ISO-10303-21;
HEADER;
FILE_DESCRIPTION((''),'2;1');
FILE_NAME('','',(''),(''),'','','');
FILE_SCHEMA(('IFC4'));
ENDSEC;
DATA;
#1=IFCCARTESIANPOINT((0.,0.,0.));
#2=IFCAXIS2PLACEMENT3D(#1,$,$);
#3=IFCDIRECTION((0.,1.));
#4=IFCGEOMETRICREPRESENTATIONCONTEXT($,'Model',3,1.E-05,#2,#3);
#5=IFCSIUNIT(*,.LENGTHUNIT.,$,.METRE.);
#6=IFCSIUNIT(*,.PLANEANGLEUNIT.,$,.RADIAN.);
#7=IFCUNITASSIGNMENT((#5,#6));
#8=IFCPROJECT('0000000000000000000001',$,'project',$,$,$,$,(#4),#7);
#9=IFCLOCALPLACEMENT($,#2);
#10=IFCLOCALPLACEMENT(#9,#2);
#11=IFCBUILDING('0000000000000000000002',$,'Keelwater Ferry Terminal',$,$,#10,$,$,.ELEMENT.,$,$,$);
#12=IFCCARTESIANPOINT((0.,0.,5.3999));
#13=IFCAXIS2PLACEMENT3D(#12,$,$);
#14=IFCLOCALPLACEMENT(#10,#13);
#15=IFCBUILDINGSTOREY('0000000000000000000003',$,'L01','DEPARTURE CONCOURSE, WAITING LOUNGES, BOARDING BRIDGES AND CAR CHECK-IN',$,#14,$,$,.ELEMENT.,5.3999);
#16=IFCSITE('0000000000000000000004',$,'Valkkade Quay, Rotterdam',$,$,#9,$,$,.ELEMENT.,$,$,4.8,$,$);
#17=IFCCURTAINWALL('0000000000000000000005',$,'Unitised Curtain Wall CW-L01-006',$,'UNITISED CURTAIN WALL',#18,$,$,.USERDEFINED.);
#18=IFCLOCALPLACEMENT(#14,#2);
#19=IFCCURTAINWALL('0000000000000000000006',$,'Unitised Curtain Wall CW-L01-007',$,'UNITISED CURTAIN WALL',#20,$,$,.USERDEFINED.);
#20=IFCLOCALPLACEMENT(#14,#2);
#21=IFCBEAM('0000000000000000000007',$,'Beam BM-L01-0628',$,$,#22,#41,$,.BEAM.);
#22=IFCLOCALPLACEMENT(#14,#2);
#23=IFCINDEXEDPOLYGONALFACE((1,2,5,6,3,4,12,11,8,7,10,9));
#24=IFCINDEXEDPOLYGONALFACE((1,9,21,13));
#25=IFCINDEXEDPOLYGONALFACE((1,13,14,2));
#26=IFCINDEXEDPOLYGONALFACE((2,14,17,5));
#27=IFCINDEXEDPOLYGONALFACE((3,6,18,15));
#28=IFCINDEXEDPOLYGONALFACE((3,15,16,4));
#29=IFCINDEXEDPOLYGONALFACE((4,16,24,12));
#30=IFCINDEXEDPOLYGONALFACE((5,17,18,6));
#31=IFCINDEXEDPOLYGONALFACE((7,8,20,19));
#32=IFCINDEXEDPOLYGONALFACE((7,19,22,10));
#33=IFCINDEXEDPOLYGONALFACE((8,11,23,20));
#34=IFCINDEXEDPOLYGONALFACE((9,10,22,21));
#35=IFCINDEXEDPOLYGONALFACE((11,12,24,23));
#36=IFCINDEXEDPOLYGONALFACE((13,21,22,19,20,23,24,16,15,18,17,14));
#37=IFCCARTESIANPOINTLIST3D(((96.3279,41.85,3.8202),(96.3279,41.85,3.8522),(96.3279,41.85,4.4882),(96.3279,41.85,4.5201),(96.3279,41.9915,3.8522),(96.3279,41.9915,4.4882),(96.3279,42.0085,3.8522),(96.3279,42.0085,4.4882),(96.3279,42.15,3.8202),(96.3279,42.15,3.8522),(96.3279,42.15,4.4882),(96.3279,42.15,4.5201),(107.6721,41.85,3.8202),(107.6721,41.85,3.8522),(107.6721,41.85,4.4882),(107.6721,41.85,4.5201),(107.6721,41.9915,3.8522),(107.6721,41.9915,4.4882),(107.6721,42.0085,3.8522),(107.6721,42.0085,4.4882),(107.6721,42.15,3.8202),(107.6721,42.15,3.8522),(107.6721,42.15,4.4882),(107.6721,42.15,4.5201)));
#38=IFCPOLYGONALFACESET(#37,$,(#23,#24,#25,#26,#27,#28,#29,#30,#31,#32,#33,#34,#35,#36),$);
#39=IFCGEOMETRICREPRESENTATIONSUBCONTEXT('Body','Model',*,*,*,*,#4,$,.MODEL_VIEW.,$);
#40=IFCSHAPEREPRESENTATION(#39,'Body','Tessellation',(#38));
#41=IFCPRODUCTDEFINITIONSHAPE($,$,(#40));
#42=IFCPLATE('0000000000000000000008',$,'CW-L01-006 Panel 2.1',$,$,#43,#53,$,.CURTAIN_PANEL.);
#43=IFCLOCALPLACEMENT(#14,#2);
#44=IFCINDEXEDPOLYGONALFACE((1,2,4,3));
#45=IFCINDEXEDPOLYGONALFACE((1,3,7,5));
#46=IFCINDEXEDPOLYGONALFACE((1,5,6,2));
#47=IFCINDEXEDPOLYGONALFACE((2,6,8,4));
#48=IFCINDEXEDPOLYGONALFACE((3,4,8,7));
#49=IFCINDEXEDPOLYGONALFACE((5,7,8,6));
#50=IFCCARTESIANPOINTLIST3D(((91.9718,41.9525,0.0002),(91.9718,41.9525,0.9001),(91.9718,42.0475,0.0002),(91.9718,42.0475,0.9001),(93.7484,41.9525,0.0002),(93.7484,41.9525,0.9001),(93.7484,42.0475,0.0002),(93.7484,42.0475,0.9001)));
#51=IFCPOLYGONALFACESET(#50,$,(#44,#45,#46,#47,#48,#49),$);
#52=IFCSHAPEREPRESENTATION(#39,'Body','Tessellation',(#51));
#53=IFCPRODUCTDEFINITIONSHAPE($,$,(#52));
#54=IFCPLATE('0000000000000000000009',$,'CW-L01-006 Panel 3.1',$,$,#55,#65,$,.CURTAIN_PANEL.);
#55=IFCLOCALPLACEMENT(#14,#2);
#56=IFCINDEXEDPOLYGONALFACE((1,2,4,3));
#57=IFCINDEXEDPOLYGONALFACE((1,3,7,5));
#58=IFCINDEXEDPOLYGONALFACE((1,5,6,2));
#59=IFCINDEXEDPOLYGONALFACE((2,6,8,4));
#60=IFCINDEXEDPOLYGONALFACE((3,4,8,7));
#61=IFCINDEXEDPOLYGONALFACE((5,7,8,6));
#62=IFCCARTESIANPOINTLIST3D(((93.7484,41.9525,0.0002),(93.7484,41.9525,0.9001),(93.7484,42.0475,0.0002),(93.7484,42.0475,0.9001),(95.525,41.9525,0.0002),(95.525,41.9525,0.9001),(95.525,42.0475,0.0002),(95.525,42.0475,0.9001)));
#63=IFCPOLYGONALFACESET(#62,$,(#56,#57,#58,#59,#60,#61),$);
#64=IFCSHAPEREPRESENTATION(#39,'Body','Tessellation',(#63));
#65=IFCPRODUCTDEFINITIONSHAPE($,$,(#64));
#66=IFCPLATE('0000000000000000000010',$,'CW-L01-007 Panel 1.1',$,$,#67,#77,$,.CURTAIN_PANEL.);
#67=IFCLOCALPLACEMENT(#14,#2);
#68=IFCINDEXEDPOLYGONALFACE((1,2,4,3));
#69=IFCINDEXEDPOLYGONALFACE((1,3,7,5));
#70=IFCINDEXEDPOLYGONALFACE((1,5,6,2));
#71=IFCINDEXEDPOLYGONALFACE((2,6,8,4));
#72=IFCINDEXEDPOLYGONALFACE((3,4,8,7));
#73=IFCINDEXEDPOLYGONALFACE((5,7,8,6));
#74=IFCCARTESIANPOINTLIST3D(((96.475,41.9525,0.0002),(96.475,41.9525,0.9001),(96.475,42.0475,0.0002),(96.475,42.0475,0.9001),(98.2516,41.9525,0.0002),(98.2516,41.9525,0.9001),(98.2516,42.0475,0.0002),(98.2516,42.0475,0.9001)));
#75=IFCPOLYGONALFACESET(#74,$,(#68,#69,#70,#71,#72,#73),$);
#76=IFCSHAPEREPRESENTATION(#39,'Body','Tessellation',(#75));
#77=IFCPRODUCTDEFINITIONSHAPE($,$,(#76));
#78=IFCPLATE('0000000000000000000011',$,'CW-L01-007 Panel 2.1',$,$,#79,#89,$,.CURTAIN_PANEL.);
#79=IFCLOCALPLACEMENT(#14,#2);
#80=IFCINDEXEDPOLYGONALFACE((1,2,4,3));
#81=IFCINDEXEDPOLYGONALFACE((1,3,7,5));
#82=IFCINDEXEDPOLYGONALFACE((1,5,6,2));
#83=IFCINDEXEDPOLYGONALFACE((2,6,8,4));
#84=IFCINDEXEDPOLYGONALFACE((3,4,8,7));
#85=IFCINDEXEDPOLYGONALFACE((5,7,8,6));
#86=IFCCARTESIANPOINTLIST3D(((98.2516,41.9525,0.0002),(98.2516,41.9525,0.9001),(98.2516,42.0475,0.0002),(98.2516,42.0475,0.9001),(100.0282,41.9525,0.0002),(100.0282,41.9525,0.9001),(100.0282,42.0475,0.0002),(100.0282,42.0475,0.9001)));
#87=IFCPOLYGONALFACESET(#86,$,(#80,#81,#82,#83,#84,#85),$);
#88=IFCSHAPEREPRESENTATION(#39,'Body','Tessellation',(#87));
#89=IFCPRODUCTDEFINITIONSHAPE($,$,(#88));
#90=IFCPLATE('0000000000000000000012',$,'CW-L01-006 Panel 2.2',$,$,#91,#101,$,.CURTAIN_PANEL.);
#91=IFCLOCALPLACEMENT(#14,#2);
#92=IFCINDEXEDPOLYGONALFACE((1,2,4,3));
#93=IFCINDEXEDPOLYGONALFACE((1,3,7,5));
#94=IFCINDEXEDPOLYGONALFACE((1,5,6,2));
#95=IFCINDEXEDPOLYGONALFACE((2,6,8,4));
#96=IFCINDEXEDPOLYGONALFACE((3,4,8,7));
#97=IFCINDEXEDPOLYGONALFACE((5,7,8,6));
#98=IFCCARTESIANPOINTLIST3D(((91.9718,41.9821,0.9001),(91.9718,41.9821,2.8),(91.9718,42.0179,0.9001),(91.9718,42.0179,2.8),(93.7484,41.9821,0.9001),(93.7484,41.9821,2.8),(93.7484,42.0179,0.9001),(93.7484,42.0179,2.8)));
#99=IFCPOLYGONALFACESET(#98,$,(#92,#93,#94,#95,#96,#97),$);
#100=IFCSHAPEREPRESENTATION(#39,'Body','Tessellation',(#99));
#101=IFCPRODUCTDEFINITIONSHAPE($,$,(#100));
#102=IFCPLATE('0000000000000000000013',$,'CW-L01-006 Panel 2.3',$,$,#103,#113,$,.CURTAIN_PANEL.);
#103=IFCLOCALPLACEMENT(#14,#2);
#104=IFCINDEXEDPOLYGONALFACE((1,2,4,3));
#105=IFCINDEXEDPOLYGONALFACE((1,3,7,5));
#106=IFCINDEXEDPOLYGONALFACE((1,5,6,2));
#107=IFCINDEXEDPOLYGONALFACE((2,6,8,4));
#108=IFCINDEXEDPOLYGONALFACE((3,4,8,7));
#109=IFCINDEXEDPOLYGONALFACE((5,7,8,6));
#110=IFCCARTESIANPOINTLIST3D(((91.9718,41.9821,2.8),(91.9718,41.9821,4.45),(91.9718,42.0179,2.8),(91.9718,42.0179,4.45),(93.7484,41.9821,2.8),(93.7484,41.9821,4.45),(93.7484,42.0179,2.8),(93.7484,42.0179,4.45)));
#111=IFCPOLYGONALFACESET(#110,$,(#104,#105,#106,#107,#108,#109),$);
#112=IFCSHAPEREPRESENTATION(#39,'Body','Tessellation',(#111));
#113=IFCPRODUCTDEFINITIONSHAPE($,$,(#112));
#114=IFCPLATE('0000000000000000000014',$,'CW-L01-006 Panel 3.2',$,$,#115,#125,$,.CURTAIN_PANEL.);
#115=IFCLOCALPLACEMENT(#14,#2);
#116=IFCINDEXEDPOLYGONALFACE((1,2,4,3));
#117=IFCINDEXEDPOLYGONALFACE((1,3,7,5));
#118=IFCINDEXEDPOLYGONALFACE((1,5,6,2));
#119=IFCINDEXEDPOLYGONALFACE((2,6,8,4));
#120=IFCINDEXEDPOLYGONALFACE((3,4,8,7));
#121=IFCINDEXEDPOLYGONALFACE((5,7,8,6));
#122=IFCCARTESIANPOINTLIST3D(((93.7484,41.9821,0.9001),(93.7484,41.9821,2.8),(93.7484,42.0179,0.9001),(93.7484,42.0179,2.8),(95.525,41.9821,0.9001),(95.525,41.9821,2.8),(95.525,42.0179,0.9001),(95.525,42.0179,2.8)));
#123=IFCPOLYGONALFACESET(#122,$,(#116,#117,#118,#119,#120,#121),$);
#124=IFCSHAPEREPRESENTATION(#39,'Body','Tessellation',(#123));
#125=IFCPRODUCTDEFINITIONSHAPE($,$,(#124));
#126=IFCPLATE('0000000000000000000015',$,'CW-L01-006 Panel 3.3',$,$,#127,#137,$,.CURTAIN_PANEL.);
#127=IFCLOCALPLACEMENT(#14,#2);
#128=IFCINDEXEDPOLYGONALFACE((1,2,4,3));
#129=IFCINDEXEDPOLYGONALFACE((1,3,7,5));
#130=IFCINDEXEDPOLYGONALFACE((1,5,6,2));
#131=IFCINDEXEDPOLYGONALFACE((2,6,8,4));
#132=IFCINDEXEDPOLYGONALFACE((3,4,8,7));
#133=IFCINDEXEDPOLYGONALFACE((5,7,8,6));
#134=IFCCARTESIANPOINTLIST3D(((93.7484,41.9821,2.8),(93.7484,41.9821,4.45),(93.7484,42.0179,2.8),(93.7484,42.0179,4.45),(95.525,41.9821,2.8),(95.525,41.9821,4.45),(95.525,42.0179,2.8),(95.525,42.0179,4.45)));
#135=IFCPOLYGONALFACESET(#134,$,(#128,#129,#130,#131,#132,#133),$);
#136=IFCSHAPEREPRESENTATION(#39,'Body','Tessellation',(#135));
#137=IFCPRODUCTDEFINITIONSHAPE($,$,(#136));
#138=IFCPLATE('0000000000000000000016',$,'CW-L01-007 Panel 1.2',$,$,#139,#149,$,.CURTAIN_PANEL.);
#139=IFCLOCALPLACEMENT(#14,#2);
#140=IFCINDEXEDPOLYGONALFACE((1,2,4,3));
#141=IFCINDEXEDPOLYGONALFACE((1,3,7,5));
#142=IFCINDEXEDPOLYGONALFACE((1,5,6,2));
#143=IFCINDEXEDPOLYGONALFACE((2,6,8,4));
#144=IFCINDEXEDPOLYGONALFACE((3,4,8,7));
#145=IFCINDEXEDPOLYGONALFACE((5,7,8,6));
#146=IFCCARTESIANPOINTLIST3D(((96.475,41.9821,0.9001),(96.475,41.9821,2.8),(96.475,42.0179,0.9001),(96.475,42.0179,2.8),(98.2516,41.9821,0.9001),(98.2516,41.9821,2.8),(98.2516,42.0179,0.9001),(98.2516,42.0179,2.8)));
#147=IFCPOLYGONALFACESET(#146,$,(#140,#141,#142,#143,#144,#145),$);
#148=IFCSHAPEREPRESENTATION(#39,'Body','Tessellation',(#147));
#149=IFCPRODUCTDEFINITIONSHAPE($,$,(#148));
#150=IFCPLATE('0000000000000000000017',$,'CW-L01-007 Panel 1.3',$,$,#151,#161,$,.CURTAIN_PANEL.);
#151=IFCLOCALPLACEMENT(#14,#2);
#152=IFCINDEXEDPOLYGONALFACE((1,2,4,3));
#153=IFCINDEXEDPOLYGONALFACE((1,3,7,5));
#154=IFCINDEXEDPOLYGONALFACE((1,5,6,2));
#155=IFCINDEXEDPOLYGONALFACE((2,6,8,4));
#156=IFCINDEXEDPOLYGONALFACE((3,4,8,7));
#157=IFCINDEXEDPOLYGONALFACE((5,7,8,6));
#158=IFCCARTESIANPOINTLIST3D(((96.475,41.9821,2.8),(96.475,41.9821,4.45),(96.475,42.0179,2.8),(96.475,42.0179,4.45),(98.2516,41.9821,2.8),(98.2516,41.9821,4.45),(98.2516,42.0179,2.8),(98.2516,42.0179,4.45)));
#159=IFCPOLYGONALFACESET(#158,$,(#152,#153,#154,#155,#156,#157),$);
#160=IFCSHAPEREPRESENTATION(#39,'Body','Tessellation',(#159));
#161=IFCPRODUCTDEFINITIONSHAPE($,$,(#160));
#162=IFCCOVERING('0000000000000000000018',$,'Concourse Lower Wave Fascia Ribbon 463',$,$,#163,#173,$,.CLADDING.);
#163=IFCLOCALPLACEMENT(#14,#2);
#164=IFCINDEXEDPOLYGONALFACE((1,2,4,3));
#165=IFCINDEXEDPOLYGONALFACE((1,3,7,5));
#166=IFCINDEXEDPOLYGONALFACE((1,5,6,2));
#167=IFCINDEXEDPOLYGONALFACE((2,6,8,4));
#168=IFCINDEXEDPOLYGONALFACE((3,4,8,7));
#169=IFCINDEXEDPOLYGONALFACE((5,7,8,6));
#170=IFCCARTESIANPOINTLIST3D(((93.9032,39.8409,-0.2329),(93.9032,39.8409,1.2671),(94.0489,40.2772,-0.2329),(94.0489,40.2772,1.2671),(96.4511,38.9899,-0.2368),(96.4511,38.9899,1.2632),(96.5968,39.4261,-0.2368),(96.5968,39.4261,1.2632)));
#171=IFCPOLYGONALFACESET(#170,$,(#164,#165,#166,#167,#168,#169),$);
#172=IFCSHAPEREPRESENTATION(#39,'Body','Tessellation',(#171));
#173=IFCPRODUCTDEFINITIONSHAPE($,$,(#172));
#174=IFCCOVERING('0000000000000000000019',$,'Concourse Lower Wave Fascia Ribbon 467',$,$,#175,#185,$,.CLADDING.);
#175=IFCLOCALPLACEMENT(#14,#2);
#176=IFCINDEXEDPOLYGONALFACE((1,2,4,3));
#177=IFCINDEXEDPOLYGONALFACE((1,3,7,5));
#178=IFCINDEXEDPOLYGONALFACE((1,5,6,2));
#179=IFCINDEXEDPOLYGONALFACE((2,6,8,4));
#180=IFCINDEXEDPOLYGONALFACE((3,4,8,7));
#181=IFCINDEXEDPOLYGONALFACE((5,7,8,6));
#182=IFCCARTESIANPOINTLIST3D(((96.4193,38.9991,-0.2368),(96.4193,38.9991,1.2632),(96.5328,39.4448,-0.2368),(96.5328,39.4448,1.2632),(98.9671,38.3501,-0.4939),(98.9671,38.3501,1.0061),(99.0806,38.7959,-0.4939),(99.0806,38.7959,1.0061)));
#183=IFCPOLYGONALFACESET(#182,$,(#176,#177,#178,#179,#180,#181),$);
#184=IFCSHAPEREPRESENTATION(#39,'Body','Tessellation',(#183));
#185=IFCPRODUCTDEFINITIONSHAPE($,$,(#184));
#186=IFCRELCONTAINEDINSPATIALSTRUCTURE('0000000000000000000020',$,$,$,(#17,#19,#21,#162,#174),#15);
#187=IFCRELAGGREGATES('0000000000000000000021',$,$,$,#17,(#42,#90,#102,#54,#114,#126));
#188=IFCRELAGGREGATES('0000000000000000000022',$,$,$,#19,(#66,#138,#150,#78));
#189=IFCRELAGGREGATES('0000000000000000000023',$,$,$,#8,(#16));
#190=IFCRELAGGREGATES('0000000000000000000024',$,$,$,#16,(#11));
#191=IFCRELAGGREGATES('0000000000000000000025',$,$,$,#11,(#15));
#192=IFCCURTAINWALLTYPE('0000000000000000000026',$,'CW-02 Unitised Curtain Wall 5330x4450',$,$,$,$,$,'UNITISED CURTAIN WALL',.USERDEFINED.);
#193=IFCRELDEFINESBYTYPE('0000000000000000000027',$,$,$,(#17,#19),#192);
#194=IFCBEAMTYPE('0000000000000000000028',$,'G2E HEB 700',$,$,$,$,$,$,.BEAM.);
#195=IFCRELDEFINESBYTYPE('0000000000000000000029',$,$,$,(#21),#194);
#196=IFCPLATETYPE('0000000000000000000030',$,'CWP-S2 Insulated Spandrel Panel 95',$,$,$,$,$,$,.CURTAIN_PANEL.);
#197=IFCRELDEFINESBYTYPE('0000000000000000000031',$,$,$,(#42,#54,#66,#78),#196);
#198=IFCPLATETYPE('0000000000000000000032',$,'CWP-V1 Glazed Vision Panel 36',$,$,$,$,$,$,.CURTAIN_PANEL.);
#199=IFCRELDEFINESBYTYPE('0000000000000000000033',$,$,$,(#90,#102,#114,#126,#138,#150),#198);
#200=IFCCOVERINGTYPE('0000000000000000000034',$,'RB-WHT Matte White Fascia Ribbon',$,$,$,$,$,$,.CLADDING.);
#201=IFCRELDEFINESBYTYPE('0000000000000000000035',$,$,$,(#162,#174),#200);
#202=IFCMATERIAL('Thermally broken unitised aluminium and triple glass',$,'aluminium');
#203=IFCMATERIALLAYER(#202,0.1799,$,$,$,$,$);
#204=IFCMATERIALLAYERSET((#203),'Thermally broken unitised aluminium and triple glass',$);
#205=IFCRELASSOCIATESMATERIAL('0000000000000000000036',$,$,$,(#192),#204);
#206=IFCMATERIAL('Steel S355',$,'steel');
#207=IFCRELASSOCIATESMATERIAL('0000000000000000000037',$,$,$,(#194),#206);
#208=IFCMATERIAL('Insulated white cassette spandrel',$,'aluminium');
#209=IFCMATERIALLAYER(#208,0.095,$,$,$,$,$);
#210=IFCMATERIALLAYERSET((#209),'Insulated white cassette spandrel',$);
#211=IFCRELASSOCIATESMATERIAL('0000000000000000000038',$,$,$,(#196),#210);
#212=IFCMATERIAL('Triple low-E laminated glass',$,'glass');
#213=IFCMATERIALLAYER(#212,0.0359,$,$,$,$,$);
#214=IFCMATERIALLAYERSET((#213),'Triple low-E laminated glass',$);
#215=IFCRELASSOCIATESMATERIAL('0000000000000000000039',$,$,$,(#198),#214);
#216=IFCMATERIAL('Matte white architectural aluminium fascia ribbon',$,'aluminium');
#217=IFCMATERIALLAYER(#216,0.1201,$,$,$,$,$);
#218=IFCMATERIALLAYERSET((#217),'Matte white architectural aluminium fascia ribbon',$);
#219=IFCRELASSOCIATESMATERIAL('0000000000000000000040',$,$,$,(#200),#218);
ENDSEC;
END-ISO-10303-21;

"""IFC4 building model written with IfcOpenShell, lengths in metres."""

from ifc_helpers import new_model, si_unit, direction, frame, origin, origin_2d, place, context, subcontext, project, spatial, polyline, rectangle, i_section, outline, extrude, material, layer, layer_set, material_profile, profile_set, type_object, element, aggregate, save


model = new_model("IFC4")

# Units and contexts
model_context = context("Model", 3, precision=1e-05, world=origin(), true_north=direction((0.0, 1.0)))
body_context = subcontext(model_context, "Body", "Model", "MODEL_VIEW")
ifc_project = project(units=[si_unit("LENGTHUNIT", "METRE"), si_unit("PLANEANGLEUNIT", "RADIAN")], contexts=[model_context])

# Site, building, storey
site_placement = place(None, origin())
site = spatial("IfcSite", under=ifc_project, at=site_placement, Name="Valkkade Quay, Rotterdam", CompositionType="ELEMENT", RefElevation=4.8)
building_placement = place(site_placement, origin())
building = spatial("IfcBuilding", under=site, at=building_placement, Name="Keelwater Ferry Terminal", CompositionType="ELEMENT")
storey_placement = place(building_placement, frame((0.0, 0.0, 5.3999)))
storey = spatial("IfcBuildingStorey", under=building, at=storey_placement, Name="L01", Description="DEPARTURE CONCOURSE, WAITING LOUNGES, BOARDING BRIDGES AND CAR CHECK-IN", CompositionType="ELEMENT", Elevation=5.3999)

# Curtain walls
ifc_material_1 = material(Name="Thermally broken unitised aluminium and triple glass", Category="aluminium")
ifc_layer_1 = layer(ifc_material_1, 0.1799)
ifc_layer_set_1 = layer_set([ifc_layer_1], Name="Thermally broken unitised aluminium and triple glass")
curtain_wall_type = type_object("IfcCurtainWallType", Name="CW-02 Unitised Curtain Wall 5330x4450", ElementType="UNITISED CURTAIN WALL", PredefinedType="USERDEFINED", material=ifc_layer_set_1)
curtain_wall_1_placement = place(storey_placement, origin())
curtain_wall_1 = element("IfcCurtainWall", 1, at=curtain_wall_1_placement, inside=storey, type_object=curtain_wall_type, Name="Unitised Curtain Wall CW-L01-006", ObjectType="UNITISED CURTAIN WALL", PredefinedType="USERDEFINED")
curtain_wall_2_placement = place(storey_placement, origin())
curtain_wall_2 = element("IfcCurtainWall", 2, at=curtain_wall_2_placement, inside=storey, type_object=curtain_wall_type, Name="Unitised Curtain Wall CW-L01-007", ObjectType="UNITISED CURTAIN WALL", PredefinedType="USERDEFINED")

# Beam
ifc_material_2 = material(Name="Steel S355", Category="steel")
ifc_material_profile_1 = material_profile(ifc_material_2, i_section(OverallWidth=0.3, OverallDepth=0.7, WebThickness=0.0171, FlangeThickness=0.032, at=origin_2d()), Name="HEB 700")
ifc_profile_set_1 = profile_set([ifc_material_profile_1], Name="Steel S355")
beam_type_1 = type_object("IfcBeamType", Name="G2E HEB 700", PredefinedType="BEAM", material=ifc_profile_set_1)
beam_1_placement = place(storey_placement, frame((96.3279, 42.0, 4.1702), z_axis=(1.0, 0.0, 0.0), x_axis=(0.0, 1.0, 0.0)))
element("IfcBeam", 3, at=beam_1_placement, inside=storey, type_object=beam_type_1, Name="Beam BM-L01-0628", PredefinedType="BEAM", context=body_context, shape_type="SweptSolid", body=[
    extrude(i_section(OverallWidth=0.3, OverallDepth=0.7, WebThickness=0.0171, FlangeThickness=0.032, at=origin_2d()), origin(), (0.0, 0.0, 1.0), 11.3442),
])

# Plates
ifc_material_3 = material(Name="Insulated white cassette spandrel", Category="aluminium")
ifc_layer_2 = layer(ifc_material_3, 0.095)
ifc_layer_set_2 = layer_set([ifc_layer_2], Name="Insulated white cassette spandrel")
plate_type_1 = type_object("IfcPlateType", Name="CWP-S2 Insulated Spandrel Panel 95", PredefinedType="CURTAIN_PANEL", material=ifc_layer_set_2)
plate_1_placement = place(storey_placement, frame((92.8601, 42.0, 0.0002), z_axis=(0.0, 0.0, 1.0), x_axis=(1.0, 0.0, 0.0)))
plate_1 = element("IfcPlate", 4, at=plate_1_placement, type_object=plate_type_1, Name="CW-L01-006 Panel 2.1", PredefinedType="CURTAIN_PANEL", context=body_context, shape_type="SweptSolid", body=[
    extrude(rectangle(XDim=1.7766, YDim=0.095, at=origin_2d()), origin(), (0.0, 0.0, 1.0), 0.8999),
])
plate_2_placement = place(storey_placement, frame((94.6367, 42.0, 0.0002), z_axis=(0.0, 0.0, 1.0), x_axis=(1.0, 0.0, 0.0)))
plate_2 = element("IfcPlate", 5, at=plate_2_placement, type_object=plate_type_1, Name="CW-L01-006 Panel 3.1", PredefinedType="CURTAIN_PANEL", context=body_context, shape_type="SweptSolid", body=[
    extrude(rectangle(XDim=1.7766, YDim=0.095, at=origin_2d()), origin(), (0.0, 0.0, 1.0), 0.8999),
])
plate_3_placement = place(storey_placement, frame((97.3633, 42.0, 0.0002), z_axis=(0.0, 0.0, 1.0), x_axis=(1.0, 0.0, 0.0)))
plate_3 = element("IfcPlate", 6, at=plate_3_placement, type_object=plate_type_1, Name="CW-L01-007 Panel 1.1", PredefinedType="CURTAIN_PANEL", context=body_context, shape_type="SweptSolid", body=[
    extrude(rectangle(XDim=1.7766, YDim=0.095, at=origin_2d()), origin(), (0.0, 0.0, 1.0), 0.8999),
])
plate_4_placement = place(storey_placement, frame((99.1399, 42.0, 0.0002), z_axis=(0.0, 0.0, 1.0), x_axis=(1.0, 0.0, 0.0)))
plate_4 = element("IfcPlate", 7, at=plate_4_placement, type_object=plate_type_1, Name="CW-L01-007 Panel 2.1", PredefinedType="CURTAIN_PANEL", context=body_context, shape_type="SweptSolid", body=[
    extrude(rectangle(XDim=1.7766, YDim=0.095, at=origin_2d()), origin(), (0.0, 0.0, 1.0), 0.8999),
])
ifc_material_4 = material(Name="Triple low-E laminated glass", Category="glass")
ifc_layer_3 = layer(ifc_material_4, 0.0359)
ifc_layer_set_3 = layer_set([ifc_layer_3], Name="Triple low-E laminated glass")
plate_type_2 = type_object("IfcPlateType", Name="CWP-V1 Glazed Vision Panel 36", PredefinedType="CURTAIN_PANEL", material=ifc_layer_set_3)
plate_5_placement = place(storey_placement, frame((92.8601, 42.0, 0.9001), z_axis=(0.0, 0.0, 1.0), x_axis=(1.0, 0.0, 0.0)))
plate_5 = element("IfcPlate", 8, at=plate_5_placement, type_object=plate_type_2, Name="CW-L01-006 Panel 2.2", PredefinedType="CURTAIN_PANEL", context=body_context, shape_type="SweptSolid", body=[
    extrude(rectangle(XDim=1.7766, YDim=0.0359, at=origin_2d()), origin(), (0.0, 0.0, 1.0), 1.8999),
])
plate_6_placement = place(storey_placement, frame((92.8601, 42.0, 2.8), z_axis=(0.0, 0.0, 1.0), x_axis=(1.0, 0.0, 0.0)))
plate_6 = element("IfcPlate", 9, at=plate_6_placement, type_object=plate_type_2, Name="CW-L01-006 Panel 2.3", PredefinedType="CURTAIN_PANEL", context=body_context, shape_type="SweptSolid", body=[
    extrude(rectangle(XDim=1.7766, YDim=0.0359, at=origin_2d()), origin(), (0.0, 0.0, 1.0), 1.6499),
])
plate_7_placement = place(storey_placement, frame((94.6367, 42.0, 0.9001), z_axis=(0.0, 0.0, 1.0), x_axis=(1.0, 0.0, 0.0)))
plate_7 = element("IfcPlate", 10, at=plate_7_placement, type_object=plate_type_2, Name="CW-L01-006 Panel 3.2", PredefinedType="CURTAIN_PANEL", context=body_context, shape_type="SweptSolid", body=[
    extrude(rectangle(XDim=1.7766, YDim=0.0359, at=origin_2d()), origin(), (0.0, 0.0, 1.0), 1.8999),
])
plate_8_placement = place(storey_placement, frame((94.6367, 42.0, 2.8), z_axis=(0.0, 0.0, 1.0), x_axis=(1.0, 0.0, 0.0)))
plate_8 = element("IfcPlate", 11, at=plate_8_placement, type_object=plate_type_2, Name="CW-L01-006 Panel 3.3", PredefinedType="CURTAIN_PANEL", context=body_context, shape_type="SweptSolid", body=[
    extrude(rectangle(XDim=1.7766, YDim=0.0359, at=origin_2d()), origin(), (0.0, 0.0, 1.0), 1.6499),
])
aggregate(curtain_wall_1, [plate_1, plate_5, plate_6, plate_2, plate_7, plate_8])
plate_9_placement = place(storey_placement, frame((97.3633, 42.0, 0.9001), z_axis=(0.0, 0.0, 1.0), x_axis=(1.0, 0.0, 0.0)))
plate_9 = element("IfcPlate", 12, at=plate_9_placement, type_object=plate_type_2, Name="CW-L01-007 Panel 1.2", PredefinedType="CURTAIN_PANEL", context=body_context, shape_type="SweptSolid", body=[
    extrude(rectangle(XDim=1.7766, YDim=0.0359, at=origin_2d()), origin(), (0.0, 0.0, 1.0), 1.8999),
])
plate_10_placement = place(storey_placement, frame((97.3633, 42.0, 2.8), z_axis=(0.0, 0.0, 1.0), x_axis=(1.0, 0.0, 0.0)))
plate_10 = element("IfcPlate", 13, at=plate_10_placement, type_object=plate_type_2, Name="CW-L01-007 Panel 1.3", PredefinedType="CURTAIN_PANEL", context=body_context, shape_type="SweptSolid", body=[
    extrude(rectangle(XDim=1.7766, YDim=0.0359, at=origin_2d()), origin(), (0.0, 0.0, 1.0), 1.6499),
])
aggregate(curtain_wall_2, [plate_3, plate_9, plate_10, plate_4])

# Coverings
ifc_material_5 = material(Name="Matte white architectural aluminium fascia ribbon", Category="aluminium")
ifc_layer_4 = layer(ifc_material_5, 0.1201)
ifc_layer_set_4 = layer_set([ifc_layer_4], Name="Matte white architectural aluminium fascia ribbon")
covering_type = type_object("IfcCoveringType", Name="RB-WHT Matte White Fascia Ribbon", PredefinedType="CLADDING", material=ifc_layer_set_4)
covering_1_placement = place(storey_placement, frame((93.9761, 40.0591, -0.2368), z_axis=(0.0, 0.0, 1.0), x_axis=(0.948483, -0.316828, 0.0)))
element("IfcCovering", 14, at=covering_1_placement, inside=storey, type_object=covering_type, Name="Concourse Lower Wave Fascia Ribbon 463", PredefinedType="CLADDING", context=body_context, shape_type="SweptSolid", body=[
    extrude(outline(polyline([(0.0, 0.0039), (2.6863, 0.0), (2.6863, 1.5), (0.0, 1.5039), (0.0, 0.0039)])), frame((0.0, 0.23, 0.0), z_axis=(0.0, -1.0, 0.0), x_axis=(1.0, 0.0, 0.0)), (0.0, 0.0, 1.0), 0.46),
])
covering_2_placement = place(storey_placement, frame((96.4761, 39.2219, -0.4939), z_axis=(0.0, 0.0, 1.0), x_axis=(0.969062, -0.246816, 0.0)))
element("IfcCovering", 15, at=covering_2_placement, inside=storey, type_object=covering_type, Name="Concourse Lower Wave Fascia Ribbon 467", PredefinedType="CLADDING", context=body_context, shape_type="SweptSolid", body=[
    extrude(outline(polyline([(0.0, 0.2571), (2.6292, 0.0), (2.6292, 1.5), (0.0, 1.7571), (0.0, 0.2571)])), frame((0.0, 0.23, 0.0), z_axis=(0.0, -1.0, 0.0), x_axis=(1.0, 0.0, 0.0)), (0.0, 0.0, 1.0), 0.46),
])

save(model, "model.ifc")
